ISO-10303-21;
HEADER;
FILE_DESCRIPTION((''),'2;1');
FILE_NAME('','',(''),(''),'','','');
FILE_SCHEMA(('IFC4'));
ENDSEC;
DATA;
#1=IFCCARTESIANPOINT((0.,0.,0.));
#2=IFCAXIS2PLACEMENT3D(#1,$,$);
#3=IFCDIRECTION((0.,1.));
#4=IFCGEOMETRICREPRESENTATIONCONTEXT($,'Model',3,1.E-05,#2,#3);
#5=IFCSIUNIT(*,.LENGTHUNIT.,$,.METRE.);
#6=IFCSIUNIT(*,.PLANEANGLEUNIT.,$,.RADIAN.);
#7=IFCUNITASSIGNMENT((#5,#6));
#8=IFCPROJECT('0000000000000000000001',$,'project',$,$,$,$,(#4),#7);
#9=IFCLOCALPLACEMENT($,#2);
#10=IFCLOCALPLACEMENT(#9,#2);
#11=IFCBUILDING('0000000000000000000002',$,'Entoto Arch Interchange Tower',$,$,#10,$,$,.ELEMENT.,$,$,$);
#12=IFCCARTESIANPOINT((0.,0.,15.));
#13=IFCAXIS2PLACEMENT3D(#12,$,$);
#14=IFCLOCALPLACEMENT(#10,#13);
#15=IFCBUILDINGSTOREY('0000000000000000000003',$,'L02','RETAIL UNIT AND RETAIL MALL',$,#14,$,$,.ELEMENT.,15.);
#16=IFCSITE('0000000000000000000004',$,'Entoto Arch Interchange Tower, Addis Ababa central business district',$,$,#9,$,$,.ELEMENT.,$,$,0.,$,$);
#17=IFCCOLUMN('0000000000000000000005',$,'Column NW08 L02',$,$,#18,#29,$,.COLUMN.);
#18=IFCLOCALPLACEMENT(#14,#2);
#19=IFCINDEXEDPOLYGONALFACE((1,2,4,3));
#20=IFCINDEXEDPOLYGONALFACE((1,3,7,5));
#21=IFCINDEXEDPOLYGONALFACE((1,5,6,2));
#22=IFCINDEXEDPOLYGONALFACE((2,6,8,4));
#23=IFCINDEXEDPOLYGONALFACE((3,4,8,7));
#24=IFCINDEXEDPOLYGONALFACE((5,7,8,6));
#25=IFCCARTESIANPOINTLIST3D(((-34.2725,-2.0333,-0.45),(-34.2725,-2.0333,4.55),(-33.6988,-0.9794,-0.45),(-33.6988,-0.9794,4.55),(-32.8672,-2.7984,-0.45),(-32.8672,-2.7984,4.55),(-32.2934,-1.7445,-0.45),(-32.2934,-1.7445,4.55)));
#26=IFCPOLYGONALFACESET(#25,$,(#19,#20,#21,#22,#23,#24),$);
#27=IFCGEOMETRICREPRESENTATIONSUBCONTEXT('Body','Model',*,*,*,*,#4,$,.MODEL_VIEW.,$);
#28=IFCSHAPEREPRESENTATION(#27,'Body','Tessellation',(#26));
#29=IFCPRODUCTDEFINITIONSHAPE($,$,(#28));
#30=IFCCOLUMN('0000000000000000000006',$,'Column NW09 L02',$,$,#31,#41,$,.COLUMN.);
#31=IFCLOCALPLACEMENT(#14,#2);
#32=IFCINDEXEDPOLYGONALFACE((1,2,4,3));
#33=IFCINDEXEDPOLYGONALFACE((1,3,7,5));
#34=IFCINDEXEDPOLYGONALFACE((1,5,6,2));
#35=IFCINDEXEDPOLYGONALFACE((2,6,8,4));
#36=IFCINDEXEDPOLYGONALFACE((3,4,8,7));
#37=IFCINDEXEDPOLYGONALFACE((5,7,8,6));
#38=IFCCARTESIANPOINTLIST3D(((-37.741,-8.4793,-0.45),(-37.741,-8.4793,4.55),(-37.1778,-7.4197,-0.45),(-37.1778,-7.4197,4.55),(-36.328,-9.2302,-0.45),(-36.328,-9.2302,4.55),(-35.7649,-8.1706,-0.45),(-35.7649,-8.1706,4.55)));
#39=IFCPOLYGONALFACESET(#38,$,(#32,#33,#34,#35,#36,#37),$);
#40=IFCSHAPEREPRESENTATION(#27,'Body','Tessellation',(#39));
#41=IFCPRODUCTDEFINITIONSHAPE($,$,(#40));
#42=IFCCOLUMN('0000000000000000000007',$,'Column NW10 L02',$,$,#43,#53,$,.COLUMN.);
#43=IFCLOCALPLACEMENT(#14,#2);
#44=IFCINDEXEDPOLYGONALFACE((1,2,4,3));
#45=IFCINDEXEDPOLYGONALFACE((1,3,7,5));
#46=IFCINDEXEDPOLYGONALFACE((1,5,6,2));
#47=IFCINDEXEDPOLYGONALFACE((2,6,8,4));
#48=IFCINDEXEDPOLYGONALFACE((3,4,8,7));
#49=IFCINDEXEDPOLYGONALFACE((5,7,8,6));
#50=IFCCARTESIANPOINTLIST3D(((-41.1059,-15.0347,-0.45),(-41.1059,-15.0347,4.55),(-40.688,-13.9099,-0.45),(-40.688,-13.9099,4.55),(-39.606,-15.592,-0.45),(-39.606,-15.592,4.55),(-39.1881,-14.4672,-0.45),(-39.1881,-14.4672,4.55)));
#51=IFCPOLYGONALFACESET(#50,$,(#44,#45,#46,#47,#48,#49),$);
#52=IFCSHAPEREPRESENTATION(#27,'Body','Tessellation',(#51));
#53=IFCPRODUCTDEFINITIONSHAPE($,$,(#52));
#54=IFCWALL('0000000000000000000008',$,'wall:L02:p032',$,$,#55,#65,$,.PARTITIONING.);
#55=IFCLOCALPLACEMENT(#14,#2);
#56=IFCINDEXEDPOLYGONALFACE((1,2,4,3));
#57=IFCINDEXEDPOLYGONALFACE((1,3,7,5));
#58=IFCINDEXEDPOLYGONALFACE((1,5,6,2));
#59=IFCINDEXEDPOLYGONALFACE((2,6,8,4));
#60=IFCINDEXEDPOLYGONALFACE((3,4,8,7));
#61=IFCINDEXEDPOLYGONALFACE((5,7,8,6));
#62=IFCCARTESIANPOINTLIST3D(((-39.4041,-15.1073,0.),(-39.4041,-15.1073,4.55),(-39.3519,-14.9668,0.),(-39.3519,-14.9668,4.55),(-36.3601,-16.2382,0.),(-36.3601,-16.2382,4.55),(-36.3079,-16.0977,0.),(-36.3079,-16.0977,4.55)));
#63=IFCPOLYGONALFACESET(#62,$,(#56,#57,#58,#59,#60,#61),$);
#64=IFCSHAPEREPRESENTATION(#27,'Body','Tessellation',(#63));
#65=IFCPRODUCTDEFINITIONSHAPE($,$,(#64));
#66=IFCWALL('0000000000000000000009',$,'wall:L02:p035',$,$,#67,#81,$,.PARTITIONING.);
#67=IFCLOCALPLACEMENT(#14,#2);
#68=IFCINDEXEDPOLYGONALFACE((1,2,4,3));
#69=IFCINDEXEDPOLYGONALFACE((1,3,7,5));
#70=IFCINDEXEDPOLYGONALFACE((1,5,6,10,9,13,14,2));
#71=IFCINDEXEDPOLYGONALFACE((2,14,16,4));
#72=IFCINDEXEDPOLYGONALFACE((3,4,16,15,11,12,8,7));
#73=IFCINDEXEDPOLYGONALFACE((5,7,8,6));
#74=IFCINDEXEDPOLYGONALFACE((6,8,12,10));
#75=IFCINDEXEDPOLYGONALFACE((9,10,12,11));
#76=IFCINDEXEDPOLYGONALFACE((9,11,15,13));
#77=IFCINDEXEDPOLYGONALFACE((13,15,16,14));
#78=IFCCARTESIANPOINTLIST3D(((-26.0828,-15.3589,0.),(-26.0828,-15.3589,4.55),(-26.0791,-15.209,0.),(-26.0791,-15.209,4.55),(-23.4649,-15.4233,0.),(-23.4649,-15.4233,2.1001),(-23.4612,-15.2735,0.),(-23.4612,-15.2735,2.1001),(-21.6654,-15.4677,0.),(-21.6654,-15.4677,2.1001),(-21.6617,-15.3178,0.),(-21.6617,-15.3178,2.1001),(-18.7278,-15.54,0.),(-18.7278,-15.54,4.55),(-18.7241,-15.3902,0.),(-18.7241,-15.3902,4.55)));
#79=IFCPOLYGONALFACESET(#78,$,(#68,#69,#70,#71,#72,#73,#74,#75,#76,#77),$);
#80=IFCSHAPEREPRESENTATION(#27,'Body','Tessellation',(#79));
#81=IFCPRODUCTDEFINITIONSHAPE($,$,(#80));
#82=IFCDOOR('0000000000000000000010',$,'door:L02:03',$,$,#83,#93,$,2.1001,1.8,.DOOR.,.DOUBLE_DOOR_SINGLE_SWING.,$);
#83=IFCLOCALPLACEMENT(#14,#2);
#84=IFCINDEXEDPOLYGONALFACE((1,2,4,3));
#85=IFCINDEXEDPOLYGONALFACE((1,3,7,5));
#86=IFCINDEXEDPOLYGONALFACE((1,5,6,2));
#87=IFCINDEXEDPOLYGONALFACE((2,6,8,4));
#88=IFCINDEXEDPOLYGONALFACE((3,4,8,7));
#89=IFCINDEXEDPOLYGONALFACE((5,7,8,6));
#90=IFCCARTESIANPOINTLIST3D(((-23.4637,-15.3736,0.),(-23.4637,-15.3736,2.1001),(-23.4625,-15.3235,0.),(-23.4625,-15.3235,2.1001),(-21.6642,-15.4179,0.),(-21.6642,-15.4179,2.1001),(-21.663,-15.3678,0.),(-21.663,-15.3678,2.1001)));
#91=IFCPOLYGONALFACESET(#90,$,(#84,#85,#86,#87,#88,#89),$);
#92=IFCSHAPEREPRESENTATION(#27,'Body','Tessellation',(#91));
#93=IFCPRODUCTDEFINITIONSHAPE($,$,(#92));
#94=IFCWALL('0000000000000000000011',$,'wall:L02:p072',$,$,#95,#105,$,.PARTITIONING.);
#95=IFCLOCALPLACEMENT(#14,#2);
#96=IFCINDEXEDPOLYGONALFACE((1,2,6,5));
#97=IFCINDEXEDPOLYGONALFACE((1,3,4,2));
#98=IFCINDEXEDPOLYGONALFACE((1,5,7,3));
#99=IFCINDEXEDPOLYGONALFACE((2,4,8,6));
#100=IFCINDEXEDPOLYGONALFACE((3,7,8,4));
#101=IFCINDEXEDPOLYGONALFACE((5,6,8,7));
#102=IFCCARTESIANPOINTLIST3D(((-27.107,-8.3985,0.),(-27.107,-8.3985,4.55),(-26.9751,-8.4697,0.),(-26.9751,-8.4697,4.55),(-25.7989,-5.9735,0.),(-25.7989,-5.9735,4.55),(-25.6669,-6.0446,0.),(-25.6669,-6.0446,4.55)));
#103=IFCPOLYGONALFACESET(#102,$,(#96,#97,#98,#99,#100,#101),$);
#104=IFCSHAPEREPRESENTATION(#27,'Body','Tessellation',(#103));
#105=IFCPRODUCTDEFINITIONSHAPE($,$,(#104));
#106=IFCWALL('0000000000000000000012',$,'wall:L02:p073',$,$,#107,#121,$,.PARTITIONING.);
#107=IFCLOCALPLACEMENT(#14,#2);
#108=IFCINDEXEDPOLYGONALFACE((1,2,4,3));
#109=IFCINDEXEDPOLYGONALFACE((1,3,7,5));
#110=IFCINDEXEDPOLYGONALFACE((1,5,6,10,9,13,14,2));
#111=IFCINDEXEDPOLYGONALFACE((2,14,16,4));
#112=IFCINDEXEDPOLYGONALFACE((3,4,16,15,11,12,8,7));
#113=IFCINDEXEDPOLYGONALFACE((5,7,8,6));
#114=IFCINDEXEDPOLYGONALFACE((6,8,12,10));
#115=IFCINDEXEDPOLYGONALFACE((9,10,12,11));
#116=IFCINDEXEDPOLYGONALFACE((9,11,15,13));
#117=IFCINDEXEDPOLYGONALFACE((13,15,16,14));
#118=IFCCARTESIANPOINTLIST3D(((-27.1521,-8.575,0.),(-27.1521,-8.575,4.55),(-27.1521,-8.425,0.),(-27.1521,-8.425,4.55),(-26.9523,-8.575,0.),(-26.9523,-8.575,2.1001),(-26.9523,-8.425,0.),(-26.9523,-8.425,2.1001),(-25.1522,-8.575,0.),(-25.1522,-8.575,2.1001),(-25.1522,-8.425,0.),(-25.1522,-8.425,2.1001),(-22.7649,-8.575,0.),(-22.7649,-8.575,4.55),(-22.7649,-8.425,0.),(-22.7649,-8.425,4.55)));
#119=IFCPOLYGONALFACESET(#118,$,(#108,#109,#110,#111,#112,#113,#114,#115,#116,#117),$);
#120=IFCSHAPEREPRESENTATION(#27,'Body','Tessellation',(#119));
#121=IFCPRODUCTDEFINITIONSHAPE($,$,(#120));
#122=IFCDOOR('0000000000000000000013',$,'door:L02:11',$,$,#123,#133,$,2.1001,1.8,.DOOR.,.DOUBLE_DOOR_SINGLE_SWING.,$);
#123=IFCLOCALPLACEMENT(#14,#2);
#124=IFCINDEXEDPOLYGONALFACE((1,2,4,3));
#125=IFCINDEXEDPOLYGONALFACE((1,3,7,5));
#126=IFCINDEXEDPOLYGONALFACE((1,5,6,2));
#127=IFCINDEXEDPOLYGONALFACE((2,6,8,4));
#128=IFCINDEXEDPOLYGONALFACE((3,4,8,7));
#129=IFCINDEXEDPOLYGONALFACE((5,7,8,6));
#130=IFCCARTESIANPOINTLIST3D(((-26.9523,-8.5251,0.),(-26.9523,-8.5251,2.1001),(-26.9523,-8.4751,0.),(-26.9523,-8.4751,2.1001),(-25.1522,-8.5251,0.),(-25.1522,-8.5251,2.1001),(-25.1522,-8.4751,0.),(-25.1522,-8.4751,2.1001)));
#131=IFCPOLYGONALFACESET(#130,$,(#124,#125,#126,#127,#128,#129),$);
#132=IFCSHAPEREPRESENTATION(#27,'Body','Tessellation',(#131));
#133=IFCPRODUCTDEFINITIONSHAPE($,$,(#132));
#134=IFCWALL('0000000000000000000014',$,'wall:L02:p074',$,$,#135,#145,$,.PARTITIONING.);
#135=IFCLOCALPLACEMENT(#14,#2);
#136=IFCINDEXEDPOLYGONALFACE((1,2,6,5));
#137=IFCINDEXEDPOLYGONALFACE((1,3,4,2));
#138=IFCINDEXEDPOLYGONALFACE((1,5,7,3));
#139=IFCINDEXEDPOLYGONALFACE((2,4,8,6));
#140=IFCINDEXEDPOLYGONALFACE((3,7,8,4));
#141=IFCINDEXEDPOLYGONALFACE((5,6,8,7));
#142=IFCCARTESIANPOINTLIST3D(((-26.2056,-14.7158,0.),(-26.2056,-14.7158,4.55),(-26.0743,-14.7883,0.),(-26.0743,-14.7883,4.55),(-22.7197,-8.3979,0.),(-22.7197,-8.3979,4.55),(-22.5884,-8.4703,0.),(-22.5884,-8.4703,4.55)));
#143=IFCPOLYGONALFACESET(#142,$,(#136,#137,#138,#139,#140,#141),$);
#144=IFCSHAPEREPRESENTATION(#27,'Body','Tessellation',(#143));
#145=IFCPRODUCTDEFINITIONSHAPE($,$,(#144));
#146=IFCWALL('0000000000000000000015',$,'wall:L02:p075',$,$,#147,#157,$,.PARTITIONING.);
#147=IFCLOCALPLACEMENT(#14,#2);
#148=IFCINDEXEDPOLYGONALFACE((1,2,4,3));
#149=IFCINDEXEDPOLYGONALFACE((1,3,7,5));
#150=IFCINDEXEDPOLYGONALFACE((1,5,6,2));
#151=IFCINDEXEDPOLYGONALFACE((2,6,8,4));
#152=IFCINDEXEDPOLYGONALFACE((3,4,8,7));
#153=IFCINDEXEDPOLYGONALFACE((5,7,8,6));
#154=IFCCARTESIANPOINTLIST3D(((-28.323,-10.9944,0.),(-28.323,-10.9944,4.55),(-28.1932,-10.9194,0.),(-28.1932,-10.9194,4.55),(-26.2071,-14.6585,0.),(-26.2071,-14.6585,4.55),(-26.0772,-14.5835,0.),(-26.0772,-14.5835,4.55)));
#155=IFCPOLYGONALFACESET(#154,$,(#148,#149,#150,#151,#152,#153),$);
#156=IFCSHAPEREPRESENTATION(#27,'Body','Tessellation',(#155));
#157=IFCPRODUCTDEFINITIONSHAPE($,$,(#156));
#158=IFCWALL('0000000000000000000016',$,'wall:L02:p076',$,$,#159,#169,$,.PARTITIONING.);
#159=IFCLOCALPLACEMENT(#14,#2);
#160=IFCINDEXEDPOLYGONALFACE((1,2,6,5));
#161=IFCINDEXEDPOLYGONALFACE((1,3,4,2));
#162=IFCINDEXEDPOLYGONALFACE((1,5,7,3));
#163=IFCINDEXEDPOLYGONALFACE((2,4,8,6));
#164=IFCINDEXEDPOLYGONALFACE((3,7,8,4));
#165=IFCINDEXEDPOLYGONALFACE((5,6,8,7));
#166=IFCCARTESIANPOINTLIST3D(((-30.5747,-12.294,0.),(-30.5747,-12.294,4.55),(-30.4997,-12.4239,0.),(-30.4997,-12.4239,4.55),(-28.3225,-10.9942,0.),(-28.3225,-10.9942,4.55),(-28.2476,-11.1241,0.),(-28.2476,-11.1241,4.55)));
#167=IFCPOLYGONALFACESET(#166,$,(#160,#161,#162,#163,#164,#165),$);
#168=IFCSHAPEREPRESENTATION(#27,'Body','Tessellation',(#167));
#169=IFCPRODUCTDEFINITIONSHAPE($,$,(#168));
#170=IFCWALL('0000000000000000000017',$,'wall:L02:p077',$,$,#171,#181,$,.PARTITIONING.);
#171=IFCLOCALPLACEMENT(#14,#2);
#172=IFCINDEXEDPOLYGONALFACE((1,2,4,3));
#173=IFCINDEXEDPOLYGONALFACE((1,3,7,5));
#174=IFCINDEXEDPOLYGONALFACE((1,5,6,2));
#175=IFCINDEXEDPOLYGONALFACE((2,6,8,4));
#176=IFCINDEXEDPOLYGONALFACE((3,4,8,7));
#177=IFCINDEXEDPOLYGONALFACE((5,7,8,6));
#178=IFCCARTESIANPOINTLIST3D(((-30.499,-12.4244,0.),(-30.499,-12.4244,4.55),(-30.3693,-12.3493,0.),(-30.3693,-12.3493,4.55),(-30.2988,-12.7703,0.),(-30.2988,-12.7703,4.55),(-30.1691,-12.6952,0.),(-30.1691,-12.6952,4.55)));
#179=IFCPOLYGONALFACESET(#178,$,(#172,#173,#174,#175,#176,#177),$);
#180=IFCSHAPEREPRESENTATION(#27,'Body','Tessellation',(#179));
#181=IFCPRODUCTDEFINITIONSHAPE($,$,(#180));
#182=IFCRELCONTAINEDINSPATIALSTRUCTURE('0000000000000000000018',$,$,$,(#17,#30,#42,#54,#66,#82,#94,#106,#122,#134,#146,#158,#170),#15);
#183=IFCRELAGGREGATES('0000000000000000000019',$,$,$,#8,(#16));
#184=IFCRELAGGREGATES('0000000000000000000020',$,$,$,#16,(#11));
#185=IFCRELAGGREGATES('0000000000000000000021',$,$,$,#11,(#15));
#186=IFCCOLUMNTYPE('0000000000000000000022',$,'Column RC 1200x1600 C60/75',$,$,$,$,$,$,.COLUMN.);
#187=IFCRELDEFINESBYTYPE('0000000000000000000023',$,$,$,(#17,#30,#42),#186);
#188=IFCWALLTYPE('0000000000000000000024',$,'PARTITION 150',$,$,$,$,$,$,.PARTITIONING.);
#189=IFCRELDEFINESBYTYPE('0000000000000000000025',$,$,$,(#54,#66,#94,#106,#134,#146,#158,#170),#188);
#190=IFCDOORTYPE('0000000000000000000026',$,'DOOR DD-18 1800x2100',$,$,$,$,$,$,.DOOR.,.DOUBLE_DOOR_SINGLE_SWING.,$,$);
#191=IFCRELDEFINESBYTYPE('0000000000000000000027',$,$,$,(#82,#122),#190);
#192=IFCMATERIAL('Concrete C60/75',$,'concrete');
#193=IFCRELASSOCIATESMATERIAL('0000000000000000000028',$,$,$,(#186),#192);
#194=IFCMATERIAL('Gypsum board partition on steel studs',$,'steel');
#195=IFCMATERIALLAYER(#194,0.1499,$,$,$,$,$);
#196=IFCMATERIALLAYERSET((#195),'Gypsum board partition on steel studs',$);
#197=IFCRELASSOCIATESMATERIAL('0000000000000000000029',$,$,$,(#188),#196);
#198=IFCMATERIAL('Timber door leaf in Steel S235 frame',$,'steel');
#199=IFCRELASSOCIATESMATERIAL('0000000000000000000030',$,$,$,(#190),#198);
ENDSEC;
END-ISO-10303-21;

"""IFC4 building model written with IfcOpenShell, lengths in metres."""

from ifc_helpers import new_model, si_unit, direction, frame, frame_2d, origin, origin_2d, place, context, subcontext, project, spatial, rectangle, extrude, material, layer, layer_set, material_profile, profile_set, type_object, element, fill, save


model = new_model("IFC4")

# Units and contexts
model_context = context("Model", 3, precision=1e-05, world=origin(), true_north=direction((0.0, 1.0)))
body_context = subcontext(model_context, "Body", "Model", "MODEL_VIEW")
ifc_project = project(units=[si_unit("LENGTHUNIT", "METRE"), si_unit("PLANEANGLEUNIT", "RADIAN")], contexts=[model_context])

# Site, building, storey
site_placement = place(None, origin())
site = spatial("IfcSite", under=ifc_project, at=site_placement, Name="Entoto Arch Interchange Tower, Addis Ababa central business district", CompositionType="ELEMENT", RefElevation=0.0)
building_placement = place(site_placement, origin())
building = spatial("IfcBuilding", under=site, at=building_placement, Name="Entoto Arch Interchange Tower", CompositionType="ELEMENT")
storey_placement = place(building_placement, frame((0.0, 0.0, 15.0)))
storey = spatial("IfcBuildingStorey", under=building, at=storey_placement, Name="L02", Description="RETAIL UNIT AND RETAIL MALL", CompositionType="ELEMENT", Elevation=15.0)

# Columns
ifc_material_1 = material(Name="Concrete C60/75", Category="concrete")
ifc_material_profile = material_profile(ifc_material_1, rectangle(XDim=1.2, YDim=1.6001, at=origin_2d()))
ifc_profile_set = profile_set([ifc_material_profile], Name="Concrete C60/75")
column_type = type_object("IfcColumnType", Name="Column RC 1200x1600 C60/75", PredefinedType="COLUMN", material=ifc_profile_set)
for number, where, z_axis, x_axis, name in (
    (1, (-33.283, -1.8889, -0.45), (0.0, 0.0, 1.0), (0.47814, 0.878284, 0.0), "Column NW08 L02"),
    (2, (-36.7529, -8.325, -0.45), (0.0, 0.0, 1.0), (0.469317, 0.88303, 0.0), "Column NW09 L02"),
    (3, (-40.147, -14.751, -0.45), (0.0, 0.0, 1.0), (0.348278, 0.937391, 0.0), "Column NW10 L02"),
):
    element("IfcColumn", number, at=place(storey_placement, frame(where, z_axis=z_axis, x_axis=x_axis)), inside=storey, type_object=column_type, Name=name, PredefinedType="COLUMN", context=body_context, shape_type="SweptSolid", body=[
        extrude(rectangle(XDim=1.2, YDim=1.6001, at=origin_2d()), origin(), (0.0, 0.0, 1.0), 5.0),
    ])

# Wall
ifc_material_2 = material(Name="Gypsum board partition on steel studs", Category="steel")
ifc_layer_1 = layer(ifc_material_2, 0.1499)
ifc_layer_set_1 = layer_set([ifc_layer_1], Name="Gypsum board partition on steel studs")
wall_type_1 = type_object("IfcWallType", Name="PARTITION 150", PredefinedType="PARTITIONING", material=ifc_layer_set_1)
wall_1_placement = place(storey_placement, frame((-39.3779, -15.0371, 0.0), z_axis=(0.0, 0.0, 1.0), x_axis=(0.9374, -0.348254, 0.0)))
element("IfcWall", 4, at=wall_1_placement, inside=storey, type_object=wall_type_1, Name="wall:L02:p032", PredefinedType="PARTITIONING", context=body_context, shape_type="SweptSolid", body=[
    extrude(rectangle(XDim=3.2473, YDim=0.1499, at=frame_2d((1.6235, 0.0))), origin(), (0.0, 0.0, 1.0), 4.55),
])

# Wall, opening, door
wall_2_placement = place(storey_placement, frame((-26.0811, -15.2839, 0.0), z_axis=(0.0, 0.0, 1.0), x_axis=(0.999697, -0.024622, 0.0)))
wall_2 = element("IfcWall", 5, at=wall_2_placement, inside=storey, type_object=wall_type_1, Name="wall:L02:p035", PredefinedType="PARTITIONING", context=body_context, shape_type="SweptSolid", body=[
    extrude(rectangle(XDim=7.3572, YDim=0.1499, at=frame_2d((3.6787, 0.0))), origin(), (0.0, 0.0, 1.0), 4.55),
])
opening_1_placement = place(wall_2_placement, frame((2.6189, 0.0, 0.0)))
opening_1 = element("IfcOpeningElement", 6, at=opening_1_placement, cuts=wall_2, PredefinedType="OPENING", context=body_context, shape_type="SweptSolid", body=[
    extrude(rectangle(XDim=1.8, YDim=2.1001, at=frame_2d((0.8999, 1.05))), frame((0.0, 0.085, 0.0), z_axis=(0.0, -1.0, 0.0), x_axis=(1.0, 0.0, 0.0)), (0.0, 0.0, 1.0), 0.1699),
])
ifc_material_3 = material(Name="Timber door leaf in Steel S235 frame", Category="steel")
door_type_1 = type_object("IfcDoorType", Name="DOOR DD-18 1800x2100", OperationType="DOUBLE_DOOR_SINGLE_SWING", PredefinedType="DOOR", material=ifc_material_3)
door_1_placement = place(opening_1_placement, origin())
door_1 = element("IfcDoor", 7, at=door_1_placement, inside=storey, type_object=door_type_1, Name="door:L02:03", OperationType="DOUBLE_DOOR_SINGLE_SWING", OverallHeight=2.1001, OverallWidth=1.8, PredefinedType="DOOR", context=body_context, shape_type="SweptSolid", body=[
    extrude(rectangle(XDim=1.8, YDim=2.1001, at=frame_2d((0.8999, 1.05))), frame((0.0, 0.0249, 0.0), z_axis=(0.0, -1.0, 0.0), x_axis=(1.0, 0.0, 0.0)), (0.0, 0.0, 1.0), 0.05),
])
fill(opening_1, door_1)

# Wall
wall_3_placement = place(storey_placement, frame((-25.7329, -6.009, 0.0), z_axis=(0.0, 0.0, 1.0), x_axis=(-0.47475, -0.880121, 0.0)))
element("IfcWall", 8, at=wall_3_placement, inside=storey, type_object=wall_type_1, Name="wall:L02:p072", PredefinedType="PARTITIONING", context=body_context, shape_type="SweptSolid", body=[
    extrude(rectangle(XDim=2.7554, YDim=0.1499, at=frame_2d((1.3777, 0.0))), origin(), (0.0, 0.0, 1.0), 4.55),
])

# Wall, opening, door
wall_4_placement = place(storey_placement, frame((-27.1521, -8.5, 0.0), z_axis=(0.0, 0.0, 1.0), x_axis=(1.0, 0.0, 0.0)))
wall_4 = element("IfcWall", 9, at=wall_4_placement, inside=storey, type_object=wall_type_1, Name="wall:L02:p073", PredefinedType="PARTITIONING", context=body_context, shape_type="SweptSolid", body=[
    extrude(rectangle(XDim=4.3872, YDim=0.1499, at=frame_2d((2.1936, 0.0))), origin(), (0.0, 0.0, 1.0), 4.55),
])
opening_2_placement = place(wall_4_placement, frame((0.2, 0.0, 0.0)))
opening_2 = element("IfcOpeningElement", 10, at=opening_2_placement, cuts=wall_4, PredefinedType="OPENING", context=body_context, shape_type="SweptSolid", body=[
    extrude(rectangle(XDim=1.8, YDim=2.1001, at=frame_2d((0.8999, 1.05))), frame((0.0, 0.085, 0.0), z_axis=(0.0, -1.0, 0.0), x_axis=(1.0, 0.0, 0.0)), (0.0, 0.0, 1.0), 0.1699),
])
door_2_placement = place(opening_2_placement, origin())
door_2 = element("IfcDoor", 11, at=door_2_placement, inside=storey, type_object=door_type_1, Name="door:L02:11", OperationType="DOUBLE_DOOR_SINGLE_SWING", OverallHeight=2.1001, OverallWidth=1.8, PredefinedType="DOOR", context=body_context, shape_type="SweptSolid", body=[
    extrude(rectangle(XDim=1.8, YDim=2.1001, at=frame_2d((0.8999, 1.05))), frame((0.0, 0.0249, 0.0), z_axis=(0.0, -1.0, 0.0), x_axis=(1.0, 0.0, 0.0)), (0.0, 0.0, 1.0), 0.05),
])
fill(opening_2, door_2)

# Walls
wall_5_placement = place(storey_placement, frame((-22.6541, -8.4341, 0.0), z_axis=(0.0, 0.0, 1.0), x_axis=(-0.48309, -0.875571, 0.0)))
element("IfcWall", 12, at=wall_5_placement, inside=storey, type_object=wall_type_1, Name="wall:L02:p074", PredefinedType="PARTITIONING", context=body_context, shape_type="SweptSolid", body=[
    extrude(rectangle(XDim=7.2158, YDim=0.1499, at=frame_2d((3.6079, 0.0))), origin(), (0.0, 0.0, 1.0), 4.55),
])
wall_6_placement = place(storey_placement, frame((-26.1421, -14.6211, 0.0), z_axis=(0.0, 0.0, 1.0), x_axis=(-0.500092, 0.865972, 0.0)))
element("IfcWall", 13, at=wall_6_placement, inside=storey, type_object=wall_type_1, Name="wall:L02:p075", PredefinedType="PARTITIONING", context=body_context, shape_type="SweptSolid", body=[
    extrude(rectangle(XDim=4.2312, YDim=0.1499, at=frame_2d((2.1157, 0.0))), origin(), (0.0, 0.0, 1.0), 4.55),
])
wall_7_placement = place(storey_placement, frame((-28.2849, -11.0591, 0.0), z_axis=(0.0, 0.0, 1.0), x_axis=(-0.866109, -0.499855, 0.0)))
element("IfcWall", 14, at=wall_7_placement, inside=storey, type_object=wall_type_1, Name="wall:L02:p076", PredefinedType="PARTITIONING", context=body_context, shape_type="SweptSolid", body=[
    extrude(rectangle(XDim=2.6003, YDim=0.1499, at=frame_2d((1.3003, 0.0))), origin(), (0.0, 0.0, 1.0), 4.55),
])
wall_8_placement = place(storey_placement, frame((-30.4341, -12.387, 0.0), z_axis=(0.0, 0.0, 1.0), x_axis=(0.500868, -0.865524, 0.0)))
element("IfcWall", 15, at=wall_8_placement, inside=storey, type_object=wall_type_1, Name="wall:L02:p077", PredefinedType="PARTITIONING", context=body_context, shape_type="SweptSolid", body=[
    extrude(rectangle(XDim=0.3997, YDim=0.1499, at=frame_2d((0.1997, 0.0))), origin(), (0.0, 0.0, 1.0), 4.55),
])

save(model, "model.ifc")
